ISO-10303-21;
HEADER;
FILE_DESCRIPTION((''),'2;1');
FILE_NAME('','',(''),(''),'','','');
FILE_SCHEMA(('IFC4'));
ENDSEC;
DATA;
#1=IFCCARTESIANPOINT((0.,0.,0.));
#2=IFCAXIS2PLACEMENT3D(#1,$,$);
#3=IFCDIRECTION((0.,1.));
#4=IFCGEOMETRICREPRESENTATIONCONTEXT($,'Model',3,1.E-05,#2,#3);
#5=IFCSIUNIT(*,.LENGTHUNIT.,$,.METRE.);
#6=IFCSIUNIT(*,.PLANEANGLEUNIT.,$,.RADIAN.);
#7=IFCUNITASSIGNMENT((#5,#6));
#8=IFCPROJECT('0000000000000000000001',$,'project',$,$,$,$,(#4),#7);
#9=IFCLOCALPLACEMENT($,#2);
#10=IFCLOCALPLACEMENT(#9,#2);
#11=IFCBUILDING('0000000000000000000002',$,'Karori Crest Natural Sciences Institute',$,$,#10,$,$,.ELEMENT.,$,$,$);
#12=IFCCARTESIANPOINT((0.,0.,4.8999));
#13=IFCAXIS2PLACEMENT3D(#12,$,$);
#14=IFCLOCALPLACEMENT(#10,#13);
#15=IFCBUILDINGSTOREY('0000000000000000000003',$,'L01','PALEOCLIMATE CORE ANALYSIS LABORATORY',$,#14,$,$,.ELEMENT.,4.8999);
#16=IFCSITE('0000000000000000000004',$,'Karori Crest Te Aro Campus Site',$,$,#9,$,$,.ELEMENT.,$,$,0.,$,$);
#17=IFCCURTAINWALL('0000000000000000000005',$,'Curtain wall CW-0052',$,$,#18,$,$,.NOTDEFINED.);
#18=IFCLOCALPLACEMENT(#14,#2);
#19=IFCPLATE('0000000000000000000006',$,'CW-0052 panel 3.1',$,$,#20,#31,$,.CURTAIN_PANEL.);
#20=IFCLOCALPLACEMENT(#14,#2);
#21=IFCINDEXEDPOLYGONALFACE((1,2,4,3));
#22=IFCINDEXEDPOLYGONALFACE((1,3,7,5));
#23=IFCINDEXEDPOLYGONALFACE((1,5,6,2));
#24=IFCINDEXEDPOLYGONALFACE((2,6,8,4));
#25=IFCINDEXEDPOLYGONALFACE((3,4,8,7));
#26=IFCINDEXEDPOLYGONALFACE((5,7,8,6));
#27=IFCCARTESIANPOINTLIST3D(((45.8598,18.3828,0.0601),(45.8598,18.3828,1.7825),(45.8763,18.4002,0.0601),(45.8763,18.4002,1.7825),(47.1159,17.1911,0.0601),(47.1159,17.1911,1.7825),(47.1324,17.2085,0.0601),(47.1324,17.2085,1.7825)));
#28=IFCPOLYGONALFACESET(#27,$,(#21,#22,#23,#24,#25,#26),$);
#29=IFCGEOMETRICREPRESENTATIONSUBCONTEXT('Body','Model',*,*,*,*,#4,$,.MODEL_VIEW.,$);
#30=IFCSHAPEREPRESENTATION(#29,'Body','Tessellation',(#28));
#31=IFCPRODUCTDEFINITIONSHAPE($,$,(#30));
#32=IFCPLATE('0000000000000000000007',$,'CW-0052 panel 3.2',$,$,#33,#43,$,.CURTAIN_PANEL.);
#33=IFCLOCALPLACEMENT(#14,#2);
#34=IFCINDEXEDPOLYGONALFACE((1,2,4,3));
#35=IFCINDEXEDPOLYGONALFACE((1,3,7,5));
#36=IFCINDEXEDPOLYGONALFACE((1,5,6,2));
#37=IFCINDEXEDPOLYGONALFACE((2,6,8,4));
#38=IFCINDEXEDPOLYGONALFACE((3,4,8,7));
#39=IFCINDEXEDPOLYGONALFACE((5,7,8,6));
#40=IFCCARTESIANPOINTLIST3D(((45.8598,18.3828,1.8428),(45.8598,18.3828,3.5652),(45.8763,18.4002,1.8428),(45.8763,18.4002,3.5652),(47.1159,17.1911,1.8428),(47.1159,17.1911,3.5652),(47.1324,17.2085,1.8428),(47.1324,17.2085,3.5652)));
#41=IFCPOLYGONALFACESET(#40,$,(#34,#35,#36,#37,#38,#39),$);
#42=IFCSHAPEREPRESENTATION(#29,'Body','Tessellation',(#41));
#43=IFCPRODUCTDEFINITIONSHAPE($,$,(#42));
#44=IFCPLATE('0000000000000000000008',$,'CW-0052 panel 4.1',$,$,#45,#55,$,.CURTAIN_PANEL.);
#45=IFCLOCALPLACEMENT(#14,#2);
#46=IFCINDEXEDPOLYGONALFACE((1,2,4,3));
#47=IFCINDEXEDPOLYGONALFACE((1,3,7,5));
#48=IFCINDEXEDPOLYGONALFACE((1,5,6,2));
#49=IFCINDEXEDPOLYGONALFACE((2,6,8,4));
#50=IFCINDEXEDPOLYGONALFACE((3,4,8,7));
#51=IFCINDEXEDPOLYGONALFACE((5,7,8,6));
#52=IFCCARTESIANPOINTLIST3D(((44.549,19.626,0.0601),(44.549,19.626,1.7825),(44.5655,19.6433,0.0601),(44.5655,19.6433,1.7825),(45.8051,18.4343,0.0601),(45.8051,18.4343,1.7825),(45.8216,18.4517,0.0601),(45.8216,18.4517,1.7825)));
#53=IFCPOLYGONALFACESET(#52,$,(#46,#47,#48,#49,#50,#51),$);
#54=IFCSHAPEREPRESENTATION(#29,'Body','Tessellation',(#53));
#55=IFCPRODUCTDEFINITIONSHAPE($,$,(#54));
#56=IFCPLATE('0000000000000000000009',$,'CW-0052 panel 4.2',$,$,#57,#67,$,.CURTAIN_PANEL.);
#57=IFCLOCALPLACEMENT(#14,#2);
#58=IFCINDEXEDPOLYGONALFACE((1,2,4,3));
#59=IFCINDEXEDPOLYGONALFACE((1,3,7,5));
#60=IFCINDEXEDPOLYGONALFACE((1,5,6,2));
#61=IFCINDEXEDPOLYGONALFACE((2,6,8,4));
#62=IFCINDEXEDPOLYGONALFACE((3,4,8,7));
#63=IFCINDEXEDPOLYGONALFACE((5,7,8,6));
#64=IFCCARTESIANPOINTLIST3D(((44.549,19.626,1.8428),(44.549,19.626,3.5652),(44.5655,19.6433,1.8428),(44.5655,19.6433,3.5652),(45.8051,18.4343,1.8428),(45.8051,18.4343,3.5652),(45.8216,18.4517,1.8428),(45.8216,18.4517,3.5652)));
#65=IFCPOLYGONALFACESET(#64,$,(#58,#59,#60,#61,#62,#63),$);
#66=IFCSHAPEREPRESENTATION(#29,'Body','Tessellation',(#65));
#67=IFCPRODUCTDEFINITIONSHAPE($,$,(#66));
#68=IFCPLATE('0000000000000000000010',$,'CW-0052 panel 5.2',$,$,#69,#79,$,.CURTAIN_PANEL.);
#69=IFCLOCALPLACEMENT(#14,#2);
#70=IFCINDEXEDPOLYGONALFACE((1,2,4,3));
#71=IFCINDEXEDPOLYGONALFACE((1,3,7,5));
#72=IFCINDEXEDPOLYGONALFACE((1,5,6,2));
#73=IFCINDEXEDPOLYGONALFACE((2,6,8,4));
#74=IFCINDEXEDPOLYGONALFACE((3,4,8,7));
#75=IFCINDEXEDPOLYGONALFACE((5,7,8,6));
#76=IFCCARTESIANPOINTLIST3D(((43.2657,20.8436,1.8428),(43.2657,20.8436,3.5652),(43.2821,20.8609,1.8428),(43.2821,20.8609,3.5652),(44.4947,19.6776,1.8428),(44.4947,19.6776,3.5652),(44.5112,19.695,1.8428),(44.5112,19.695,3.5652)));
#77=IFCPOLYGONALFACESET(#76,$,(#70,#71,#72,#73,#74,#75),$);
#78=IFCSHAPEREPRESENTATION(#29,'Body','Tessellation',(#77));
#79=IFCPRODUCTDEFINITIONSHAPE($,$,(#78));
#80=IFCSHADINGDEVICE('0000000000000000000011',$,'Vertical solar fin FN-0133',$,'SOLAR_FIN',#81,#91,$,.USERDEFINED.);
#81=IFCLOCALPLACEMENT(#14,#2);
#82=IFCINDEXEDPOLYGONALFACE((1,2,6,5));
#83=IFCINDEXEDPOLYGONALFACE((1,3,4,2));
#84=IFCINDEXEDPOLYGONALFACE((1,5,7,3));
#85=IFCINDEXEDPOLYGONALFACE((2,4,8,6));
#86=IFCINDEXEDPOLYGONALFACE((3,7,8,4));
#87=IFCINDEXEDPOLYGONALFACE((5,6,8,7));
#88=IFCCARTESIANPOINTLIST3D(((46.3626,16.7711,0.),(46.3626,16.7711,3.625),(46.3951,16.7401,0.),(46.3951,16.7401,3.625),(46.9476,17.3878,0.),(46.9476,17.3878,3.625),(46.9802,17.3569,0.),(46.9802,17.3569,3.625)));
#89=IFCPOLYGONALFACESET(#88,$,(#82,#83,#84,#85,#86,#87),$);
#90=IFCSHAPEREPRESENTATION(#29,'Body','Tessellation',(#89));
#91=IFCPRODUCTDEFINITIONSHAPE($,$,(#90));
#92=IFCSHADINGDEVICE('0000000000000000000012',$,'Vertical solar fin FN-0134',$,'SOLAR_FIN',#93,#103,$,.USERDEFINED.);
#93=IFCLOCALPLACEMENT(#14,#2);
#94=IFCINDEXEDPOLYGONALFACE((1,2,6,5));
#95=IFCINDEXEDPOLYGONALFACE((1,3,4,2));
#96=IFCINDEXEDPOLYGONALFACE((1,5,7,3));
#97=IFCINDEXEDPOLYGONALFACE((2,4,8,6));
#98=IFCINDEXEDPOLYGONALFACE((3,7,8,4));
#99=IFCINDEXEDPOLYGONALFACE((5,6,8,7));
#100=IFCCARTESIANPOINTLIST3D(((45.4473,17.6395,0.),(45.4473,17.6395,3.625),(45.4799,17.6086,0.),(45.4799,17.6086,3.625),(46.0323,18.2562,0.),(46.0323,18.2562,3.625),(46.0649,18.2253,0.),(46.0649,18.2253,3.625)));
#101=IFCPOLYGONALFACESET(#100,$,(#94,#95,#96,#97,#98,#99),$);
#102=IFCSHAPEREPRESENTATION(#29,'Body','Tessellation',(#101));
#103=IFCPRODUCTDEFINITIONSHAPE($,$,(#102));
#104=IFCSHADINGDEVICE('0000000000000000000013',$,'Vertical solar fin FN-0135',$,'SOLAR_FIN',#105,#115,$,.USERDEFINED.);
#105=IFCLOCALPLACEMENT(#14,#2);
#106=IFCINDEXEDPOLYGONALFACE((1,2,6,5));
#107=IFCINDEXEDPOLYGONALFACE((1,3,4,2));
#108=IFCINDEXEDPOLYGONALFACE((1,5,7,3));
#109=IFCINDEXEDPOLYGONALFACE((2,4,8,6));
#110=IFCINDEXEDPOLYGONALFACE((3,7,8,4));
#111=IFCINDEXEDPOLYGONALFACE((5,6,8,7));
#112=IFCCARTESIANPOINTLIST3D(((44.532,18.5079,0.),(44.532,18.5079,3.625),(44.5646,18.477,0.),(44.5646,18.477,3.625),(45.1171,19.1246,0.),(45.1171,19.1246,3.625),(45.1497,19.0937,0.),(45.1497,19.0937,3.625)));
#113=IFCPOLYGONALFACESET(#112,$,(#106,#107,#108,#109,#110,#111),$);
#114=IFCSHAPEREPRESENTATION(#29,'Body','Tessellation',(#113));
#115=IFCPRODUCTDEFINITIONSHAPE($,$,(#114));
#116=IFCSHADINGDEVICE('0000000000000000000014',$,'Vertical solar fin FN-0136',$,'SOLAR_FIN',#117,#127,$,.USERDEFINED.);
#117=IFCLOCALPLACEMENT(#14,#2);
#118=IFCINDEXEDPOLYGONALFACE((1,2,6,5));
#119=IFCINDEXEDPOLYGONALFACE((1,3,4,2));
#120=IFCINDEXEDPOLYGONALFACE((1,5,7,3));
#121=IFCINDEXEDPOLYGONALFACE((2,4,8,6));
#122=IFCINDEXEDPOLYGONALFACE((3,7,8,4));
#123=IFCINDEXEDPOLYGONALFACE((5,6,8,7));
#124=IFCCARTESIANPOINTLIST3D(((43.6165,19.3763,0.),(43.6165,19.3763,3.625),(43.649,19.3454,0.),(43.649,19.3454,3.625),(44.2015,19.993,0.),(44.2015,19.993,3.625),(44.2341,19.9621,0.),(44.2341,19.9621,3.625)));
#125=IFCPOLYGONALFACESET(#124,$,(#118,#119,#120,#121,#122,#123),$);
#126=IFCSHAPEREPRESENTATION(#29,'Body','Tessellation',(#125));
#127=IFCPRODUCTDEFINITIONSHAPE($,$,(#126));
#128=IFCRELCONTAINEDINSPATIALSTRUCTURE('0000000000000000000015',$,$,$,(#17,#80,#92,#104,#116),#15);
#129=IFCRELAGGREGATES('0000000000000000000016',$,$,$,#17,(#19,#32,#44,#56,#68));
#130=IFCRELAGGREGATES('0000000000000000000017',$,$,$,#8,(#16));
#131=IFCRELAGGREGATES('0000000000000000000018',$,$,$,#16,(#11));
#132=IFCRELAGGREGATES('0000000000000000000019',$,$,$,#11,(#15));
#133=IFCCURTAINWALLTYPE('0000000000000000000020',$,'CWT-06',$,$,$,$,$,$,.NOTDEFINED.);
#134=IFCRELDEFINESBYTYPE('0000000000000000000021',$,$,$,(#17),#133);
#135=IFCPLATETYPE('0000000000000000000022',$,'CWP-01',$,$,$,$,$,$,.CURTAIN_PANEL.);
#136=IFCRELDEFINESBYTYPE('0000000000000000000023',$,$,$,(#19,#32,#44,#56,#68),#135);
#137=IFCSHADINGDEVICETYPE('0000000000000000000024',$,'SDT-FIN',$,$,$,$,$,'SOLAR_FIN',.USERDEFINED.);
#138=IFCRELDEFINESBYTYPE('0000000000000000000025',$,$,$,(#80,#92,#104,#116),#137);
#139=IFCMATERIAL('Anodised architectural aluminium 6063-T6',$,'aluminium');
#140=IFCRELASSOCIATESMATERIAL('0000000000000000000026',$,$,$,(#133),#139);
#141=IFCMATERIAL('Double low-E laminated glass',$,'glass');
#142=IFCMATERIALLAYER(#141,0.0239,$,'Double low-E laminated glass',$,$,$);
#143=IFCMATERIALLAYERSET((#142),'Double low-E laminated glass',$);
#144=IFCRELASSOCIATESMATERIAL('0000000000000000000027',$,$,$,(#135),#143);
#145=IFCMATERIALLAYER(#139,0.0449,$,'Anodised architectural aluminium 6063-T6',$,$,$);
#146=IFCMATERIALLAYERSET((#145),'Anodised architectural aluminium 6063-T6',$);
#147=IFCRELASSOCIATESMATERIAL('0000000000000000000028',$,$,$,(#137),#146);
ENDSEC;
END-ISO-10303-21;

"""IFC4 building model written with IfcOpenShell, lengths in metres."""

from ifc_helpers import new_model, si_unit, direction, frame, origin, origin_2d, place, context, subcontext, project, spatial, rectangle, extrude, material, layer, layer_set, type_object, element, aggregate, save


model = new_model("IFC4")

# Units and contexts
model_context = context("Model", 3, precision=1e-05, world=origin(), true_north=direction((0.0, 1.0)))
body_context = subcontext(model_context, "Body", "Model", "MODEL_VIEW")
ifc_project = project(units=[si_unit("LENGTHUNIT", "METRE"), si_unit("PLANEANGLEUNIT", "RADIAN")], contexts=[model_context])

# Site, building, storey
site_placement = place(None, origin())
site = spatial("IfcSite", under=ifc_project, at=site_placement, Name="Karori Crest Te Aro Campus Site", CompositionType="ELEMENT", RefElevation=0.0)
building_placement = place(site_placement, origin())
building = spatial("IfcBuilding", under=site, at=building_placement, Name="Karori Crest Natural Sciences Institute", CompositionType="ELEMENT")
storey_placement = place(building_placement, frame((0.0, 0.0, 4.8999)))
storey = spatial("IfcBuildingStorey", under=building, at=storey_placement, Name="L01", Description="PALEOCLIMATE CORE ANALYSIS LABORATORY", CompositionType="ELEMENT", Elevation=4.8999)

# Curtain wall, plates
ifc_material_1 = material(Name="Anodised architectural aluminium 6063-T6", Category="aluminium")
curtain_wall_type = type_object("IfcCurtainWallType", Name="CWT-06", PredefinedType="NOTDEFINED", material=ifc_material_1)
curtain_wall_placement = place(storey_placement, origin())
curtain_wall = element("IfcCurtainWall", 1, at=curtain_wall_placement, inside=storey, type_object=curtain_wall_type, Name="Curtain wall CW-0052", PredefinedType="NOTDEFINED")
ifc_material_2 = material(Name="Double low-E laminated glass", Category="glass")
ifc_layer_1 = layer(ifc_material_2, 0.0239, Name="Double low-E laminated glass")
ifc_layer_set_1 = layer_set([ifc_layer_1], Name="Double low-E laminated glass")
plate_type = type_object("IfcPlateType", Name="CWP-01", PredefinedType="CURTAIN_PANEL", material=ifc_layer_set_1)
plate_1_placement = place(storey_placement, frame((46.4961, 17.7957, 0.0601), z_axis=(0.0, 0.0, 1.0), x_axis=(-0.725477, 0.688246, 0.0)))
plate_1 = element("IfcPlate", 2, at=plate_1_placement, type_object=plate_type, Name="CW-0052 panel 3.1", PredefinedType="CURTAIN_PANEL", context=body_context, shape_type="SweptSolid", body=[
    extrude(rectangle(XDim=1.7314, YDim=0.0239, at=origin_2d()), origin(), (0.0, 0.0, 1.0), 1.7224),
])
plate_2_placement = place(storey_placement, frame((46.4961, 17.7957, 1.8428), z_axis=(0.0, 0.0, 1.0), x_axis=(-0.725477, 0.688246, 0.0)))
plate_2 = element("IfcPlate", 3, at=plate_2_placement, type_object=plate_type, Name="CW-0052 panel 3.2", PredefinedType="CURTAIN_PANEL", context=body_context, shape_type="SweptSolid", body=[
    extrude(rectangle(XDim=1.7314, YDim=0.0239, at=origin_2d()), origin(), (0.0, 0.0, 1.0), 1.7224),
])
plate_3_placement = place(storey_placement, frame((45.1853, 19.0388, 0.0601), z_axis=(0.0, 0.0, 1.0), x_axis=(-0.725477, 0.688246, 0.0)))
plate_3 = element("IfcPlate", 4, at=plate_3_placement, type_object=plate_type, Name="CW-0052 panel 4.1", PredefinedType="CURTAIN_PANEL", context=body_context, shape_type="SweptSolid", body=[
    extrude(rectangle(XDim=1.7314, YDim=0.0239, at=origin_2d()), origin(), (0.0, 0.0, 1.0), 1.7224),
])
plate_4_placement = place(storey_placement, frame((45.1853, 19.0388, 1.8428), z_axis=(0.0, 0.0, 1.0), x_axis=(-0.725477, 0.688246, 0.0)))
plate_4 = element("IfcPlate", 5, at=plate_4_placement, type_object=plate_type, Name="CW-0052 panel 4.2", PredefinedType="CURTAIN_PANEL", context=body_context, shape_type="SweptSolid", body=[
    extrude(rectangle(XDim=1.7314, YDim=0.0239, at=origin_2d()), origin(), (0.0, 0.0, 1.0), 1.7224),
])
plate_5_placement = place(storey_placement, frame((43.8884, 20.2693, 1.8428), z_axis=(0.0, 0.0, 1.0), x_axis=(-0.725477, 0.688246, 0.0)))
plate_5 = element("IfcPlate", 6, at=plate_5_placement, type_object=plate_type, Name="CW-0052 panel 5.2", PredefinedType="CURTAIN_PANEL", context=body_context, shape_type="SweptSolid", body=[
    extrude(rectangle(XDim=1.6941, YDim=0.0239, at=origin_2d()), origin(), (0.0, 0.0, 1.0), 1.7224),
])
aggregate(curtain_wall, [plate_1, plate_2, plate_3, plate_4, plate_5])

# Shading devices
ifc_layer_2 = layer(ifc_material_1, 0.0449, Name="Anodised architectural aluminium 6063-T6")
ifc_layer_set_2 = layer_set([ifc_layer_2], Name="Anodised architectural aluminium 6063-T6")
shading_device_type = type_object("IfcShadingDeviceType", Name="SDT-FIN", ElementType="SOLAR_FIN", PredefinedType="USERDEFINED", material=ifc_layer_set_2)
for number, where, z_axis, x_axis, name in (
    (7, (46.6714, 17.064, 0.0), (0.0, 0.0, 1.0), (-0.688246, -0.725478, 0.0), "Vertical solar fin FN-0133"),
    (8, (45.7561, 17.9324, 0.0), (0.0, 0.0, 1.0), (-0.688246, -0.725478, 0.0), "Vertical solar fin FN-0134"),
    (9, (44.8408, 18.8008, 0.0), (0.0, 0.0, 1.0), (-0.688246, -0.725478, 0.0), "Vertical solar fin FN-0135"),
    (10, (43.9253, 19.6692, 0.0), (0.0, 0.0, 1.0), (-0.688246, -0.725478, 0.0), "Vertical solar fin FN-0136"),
):
    element("IfcShadingDevice", number, at=place(storey_placement, frame(where, z_axis=z_axis, x_axis=x_axis)), inside=storey, type_object=shading_device_type, Name=name, ObjectType="SOLAR_FIN", PredefinedType="USERDEFINED", context=body_context, shape_type="SweptSolid", body=[
        extrude(rectangle(XDim=0.8501, YDim=0.0449, at=origin_2d()), origin(), (0.0, 0.0, 1.0), 3.625),
    ])

save(model, "model.ifc")
